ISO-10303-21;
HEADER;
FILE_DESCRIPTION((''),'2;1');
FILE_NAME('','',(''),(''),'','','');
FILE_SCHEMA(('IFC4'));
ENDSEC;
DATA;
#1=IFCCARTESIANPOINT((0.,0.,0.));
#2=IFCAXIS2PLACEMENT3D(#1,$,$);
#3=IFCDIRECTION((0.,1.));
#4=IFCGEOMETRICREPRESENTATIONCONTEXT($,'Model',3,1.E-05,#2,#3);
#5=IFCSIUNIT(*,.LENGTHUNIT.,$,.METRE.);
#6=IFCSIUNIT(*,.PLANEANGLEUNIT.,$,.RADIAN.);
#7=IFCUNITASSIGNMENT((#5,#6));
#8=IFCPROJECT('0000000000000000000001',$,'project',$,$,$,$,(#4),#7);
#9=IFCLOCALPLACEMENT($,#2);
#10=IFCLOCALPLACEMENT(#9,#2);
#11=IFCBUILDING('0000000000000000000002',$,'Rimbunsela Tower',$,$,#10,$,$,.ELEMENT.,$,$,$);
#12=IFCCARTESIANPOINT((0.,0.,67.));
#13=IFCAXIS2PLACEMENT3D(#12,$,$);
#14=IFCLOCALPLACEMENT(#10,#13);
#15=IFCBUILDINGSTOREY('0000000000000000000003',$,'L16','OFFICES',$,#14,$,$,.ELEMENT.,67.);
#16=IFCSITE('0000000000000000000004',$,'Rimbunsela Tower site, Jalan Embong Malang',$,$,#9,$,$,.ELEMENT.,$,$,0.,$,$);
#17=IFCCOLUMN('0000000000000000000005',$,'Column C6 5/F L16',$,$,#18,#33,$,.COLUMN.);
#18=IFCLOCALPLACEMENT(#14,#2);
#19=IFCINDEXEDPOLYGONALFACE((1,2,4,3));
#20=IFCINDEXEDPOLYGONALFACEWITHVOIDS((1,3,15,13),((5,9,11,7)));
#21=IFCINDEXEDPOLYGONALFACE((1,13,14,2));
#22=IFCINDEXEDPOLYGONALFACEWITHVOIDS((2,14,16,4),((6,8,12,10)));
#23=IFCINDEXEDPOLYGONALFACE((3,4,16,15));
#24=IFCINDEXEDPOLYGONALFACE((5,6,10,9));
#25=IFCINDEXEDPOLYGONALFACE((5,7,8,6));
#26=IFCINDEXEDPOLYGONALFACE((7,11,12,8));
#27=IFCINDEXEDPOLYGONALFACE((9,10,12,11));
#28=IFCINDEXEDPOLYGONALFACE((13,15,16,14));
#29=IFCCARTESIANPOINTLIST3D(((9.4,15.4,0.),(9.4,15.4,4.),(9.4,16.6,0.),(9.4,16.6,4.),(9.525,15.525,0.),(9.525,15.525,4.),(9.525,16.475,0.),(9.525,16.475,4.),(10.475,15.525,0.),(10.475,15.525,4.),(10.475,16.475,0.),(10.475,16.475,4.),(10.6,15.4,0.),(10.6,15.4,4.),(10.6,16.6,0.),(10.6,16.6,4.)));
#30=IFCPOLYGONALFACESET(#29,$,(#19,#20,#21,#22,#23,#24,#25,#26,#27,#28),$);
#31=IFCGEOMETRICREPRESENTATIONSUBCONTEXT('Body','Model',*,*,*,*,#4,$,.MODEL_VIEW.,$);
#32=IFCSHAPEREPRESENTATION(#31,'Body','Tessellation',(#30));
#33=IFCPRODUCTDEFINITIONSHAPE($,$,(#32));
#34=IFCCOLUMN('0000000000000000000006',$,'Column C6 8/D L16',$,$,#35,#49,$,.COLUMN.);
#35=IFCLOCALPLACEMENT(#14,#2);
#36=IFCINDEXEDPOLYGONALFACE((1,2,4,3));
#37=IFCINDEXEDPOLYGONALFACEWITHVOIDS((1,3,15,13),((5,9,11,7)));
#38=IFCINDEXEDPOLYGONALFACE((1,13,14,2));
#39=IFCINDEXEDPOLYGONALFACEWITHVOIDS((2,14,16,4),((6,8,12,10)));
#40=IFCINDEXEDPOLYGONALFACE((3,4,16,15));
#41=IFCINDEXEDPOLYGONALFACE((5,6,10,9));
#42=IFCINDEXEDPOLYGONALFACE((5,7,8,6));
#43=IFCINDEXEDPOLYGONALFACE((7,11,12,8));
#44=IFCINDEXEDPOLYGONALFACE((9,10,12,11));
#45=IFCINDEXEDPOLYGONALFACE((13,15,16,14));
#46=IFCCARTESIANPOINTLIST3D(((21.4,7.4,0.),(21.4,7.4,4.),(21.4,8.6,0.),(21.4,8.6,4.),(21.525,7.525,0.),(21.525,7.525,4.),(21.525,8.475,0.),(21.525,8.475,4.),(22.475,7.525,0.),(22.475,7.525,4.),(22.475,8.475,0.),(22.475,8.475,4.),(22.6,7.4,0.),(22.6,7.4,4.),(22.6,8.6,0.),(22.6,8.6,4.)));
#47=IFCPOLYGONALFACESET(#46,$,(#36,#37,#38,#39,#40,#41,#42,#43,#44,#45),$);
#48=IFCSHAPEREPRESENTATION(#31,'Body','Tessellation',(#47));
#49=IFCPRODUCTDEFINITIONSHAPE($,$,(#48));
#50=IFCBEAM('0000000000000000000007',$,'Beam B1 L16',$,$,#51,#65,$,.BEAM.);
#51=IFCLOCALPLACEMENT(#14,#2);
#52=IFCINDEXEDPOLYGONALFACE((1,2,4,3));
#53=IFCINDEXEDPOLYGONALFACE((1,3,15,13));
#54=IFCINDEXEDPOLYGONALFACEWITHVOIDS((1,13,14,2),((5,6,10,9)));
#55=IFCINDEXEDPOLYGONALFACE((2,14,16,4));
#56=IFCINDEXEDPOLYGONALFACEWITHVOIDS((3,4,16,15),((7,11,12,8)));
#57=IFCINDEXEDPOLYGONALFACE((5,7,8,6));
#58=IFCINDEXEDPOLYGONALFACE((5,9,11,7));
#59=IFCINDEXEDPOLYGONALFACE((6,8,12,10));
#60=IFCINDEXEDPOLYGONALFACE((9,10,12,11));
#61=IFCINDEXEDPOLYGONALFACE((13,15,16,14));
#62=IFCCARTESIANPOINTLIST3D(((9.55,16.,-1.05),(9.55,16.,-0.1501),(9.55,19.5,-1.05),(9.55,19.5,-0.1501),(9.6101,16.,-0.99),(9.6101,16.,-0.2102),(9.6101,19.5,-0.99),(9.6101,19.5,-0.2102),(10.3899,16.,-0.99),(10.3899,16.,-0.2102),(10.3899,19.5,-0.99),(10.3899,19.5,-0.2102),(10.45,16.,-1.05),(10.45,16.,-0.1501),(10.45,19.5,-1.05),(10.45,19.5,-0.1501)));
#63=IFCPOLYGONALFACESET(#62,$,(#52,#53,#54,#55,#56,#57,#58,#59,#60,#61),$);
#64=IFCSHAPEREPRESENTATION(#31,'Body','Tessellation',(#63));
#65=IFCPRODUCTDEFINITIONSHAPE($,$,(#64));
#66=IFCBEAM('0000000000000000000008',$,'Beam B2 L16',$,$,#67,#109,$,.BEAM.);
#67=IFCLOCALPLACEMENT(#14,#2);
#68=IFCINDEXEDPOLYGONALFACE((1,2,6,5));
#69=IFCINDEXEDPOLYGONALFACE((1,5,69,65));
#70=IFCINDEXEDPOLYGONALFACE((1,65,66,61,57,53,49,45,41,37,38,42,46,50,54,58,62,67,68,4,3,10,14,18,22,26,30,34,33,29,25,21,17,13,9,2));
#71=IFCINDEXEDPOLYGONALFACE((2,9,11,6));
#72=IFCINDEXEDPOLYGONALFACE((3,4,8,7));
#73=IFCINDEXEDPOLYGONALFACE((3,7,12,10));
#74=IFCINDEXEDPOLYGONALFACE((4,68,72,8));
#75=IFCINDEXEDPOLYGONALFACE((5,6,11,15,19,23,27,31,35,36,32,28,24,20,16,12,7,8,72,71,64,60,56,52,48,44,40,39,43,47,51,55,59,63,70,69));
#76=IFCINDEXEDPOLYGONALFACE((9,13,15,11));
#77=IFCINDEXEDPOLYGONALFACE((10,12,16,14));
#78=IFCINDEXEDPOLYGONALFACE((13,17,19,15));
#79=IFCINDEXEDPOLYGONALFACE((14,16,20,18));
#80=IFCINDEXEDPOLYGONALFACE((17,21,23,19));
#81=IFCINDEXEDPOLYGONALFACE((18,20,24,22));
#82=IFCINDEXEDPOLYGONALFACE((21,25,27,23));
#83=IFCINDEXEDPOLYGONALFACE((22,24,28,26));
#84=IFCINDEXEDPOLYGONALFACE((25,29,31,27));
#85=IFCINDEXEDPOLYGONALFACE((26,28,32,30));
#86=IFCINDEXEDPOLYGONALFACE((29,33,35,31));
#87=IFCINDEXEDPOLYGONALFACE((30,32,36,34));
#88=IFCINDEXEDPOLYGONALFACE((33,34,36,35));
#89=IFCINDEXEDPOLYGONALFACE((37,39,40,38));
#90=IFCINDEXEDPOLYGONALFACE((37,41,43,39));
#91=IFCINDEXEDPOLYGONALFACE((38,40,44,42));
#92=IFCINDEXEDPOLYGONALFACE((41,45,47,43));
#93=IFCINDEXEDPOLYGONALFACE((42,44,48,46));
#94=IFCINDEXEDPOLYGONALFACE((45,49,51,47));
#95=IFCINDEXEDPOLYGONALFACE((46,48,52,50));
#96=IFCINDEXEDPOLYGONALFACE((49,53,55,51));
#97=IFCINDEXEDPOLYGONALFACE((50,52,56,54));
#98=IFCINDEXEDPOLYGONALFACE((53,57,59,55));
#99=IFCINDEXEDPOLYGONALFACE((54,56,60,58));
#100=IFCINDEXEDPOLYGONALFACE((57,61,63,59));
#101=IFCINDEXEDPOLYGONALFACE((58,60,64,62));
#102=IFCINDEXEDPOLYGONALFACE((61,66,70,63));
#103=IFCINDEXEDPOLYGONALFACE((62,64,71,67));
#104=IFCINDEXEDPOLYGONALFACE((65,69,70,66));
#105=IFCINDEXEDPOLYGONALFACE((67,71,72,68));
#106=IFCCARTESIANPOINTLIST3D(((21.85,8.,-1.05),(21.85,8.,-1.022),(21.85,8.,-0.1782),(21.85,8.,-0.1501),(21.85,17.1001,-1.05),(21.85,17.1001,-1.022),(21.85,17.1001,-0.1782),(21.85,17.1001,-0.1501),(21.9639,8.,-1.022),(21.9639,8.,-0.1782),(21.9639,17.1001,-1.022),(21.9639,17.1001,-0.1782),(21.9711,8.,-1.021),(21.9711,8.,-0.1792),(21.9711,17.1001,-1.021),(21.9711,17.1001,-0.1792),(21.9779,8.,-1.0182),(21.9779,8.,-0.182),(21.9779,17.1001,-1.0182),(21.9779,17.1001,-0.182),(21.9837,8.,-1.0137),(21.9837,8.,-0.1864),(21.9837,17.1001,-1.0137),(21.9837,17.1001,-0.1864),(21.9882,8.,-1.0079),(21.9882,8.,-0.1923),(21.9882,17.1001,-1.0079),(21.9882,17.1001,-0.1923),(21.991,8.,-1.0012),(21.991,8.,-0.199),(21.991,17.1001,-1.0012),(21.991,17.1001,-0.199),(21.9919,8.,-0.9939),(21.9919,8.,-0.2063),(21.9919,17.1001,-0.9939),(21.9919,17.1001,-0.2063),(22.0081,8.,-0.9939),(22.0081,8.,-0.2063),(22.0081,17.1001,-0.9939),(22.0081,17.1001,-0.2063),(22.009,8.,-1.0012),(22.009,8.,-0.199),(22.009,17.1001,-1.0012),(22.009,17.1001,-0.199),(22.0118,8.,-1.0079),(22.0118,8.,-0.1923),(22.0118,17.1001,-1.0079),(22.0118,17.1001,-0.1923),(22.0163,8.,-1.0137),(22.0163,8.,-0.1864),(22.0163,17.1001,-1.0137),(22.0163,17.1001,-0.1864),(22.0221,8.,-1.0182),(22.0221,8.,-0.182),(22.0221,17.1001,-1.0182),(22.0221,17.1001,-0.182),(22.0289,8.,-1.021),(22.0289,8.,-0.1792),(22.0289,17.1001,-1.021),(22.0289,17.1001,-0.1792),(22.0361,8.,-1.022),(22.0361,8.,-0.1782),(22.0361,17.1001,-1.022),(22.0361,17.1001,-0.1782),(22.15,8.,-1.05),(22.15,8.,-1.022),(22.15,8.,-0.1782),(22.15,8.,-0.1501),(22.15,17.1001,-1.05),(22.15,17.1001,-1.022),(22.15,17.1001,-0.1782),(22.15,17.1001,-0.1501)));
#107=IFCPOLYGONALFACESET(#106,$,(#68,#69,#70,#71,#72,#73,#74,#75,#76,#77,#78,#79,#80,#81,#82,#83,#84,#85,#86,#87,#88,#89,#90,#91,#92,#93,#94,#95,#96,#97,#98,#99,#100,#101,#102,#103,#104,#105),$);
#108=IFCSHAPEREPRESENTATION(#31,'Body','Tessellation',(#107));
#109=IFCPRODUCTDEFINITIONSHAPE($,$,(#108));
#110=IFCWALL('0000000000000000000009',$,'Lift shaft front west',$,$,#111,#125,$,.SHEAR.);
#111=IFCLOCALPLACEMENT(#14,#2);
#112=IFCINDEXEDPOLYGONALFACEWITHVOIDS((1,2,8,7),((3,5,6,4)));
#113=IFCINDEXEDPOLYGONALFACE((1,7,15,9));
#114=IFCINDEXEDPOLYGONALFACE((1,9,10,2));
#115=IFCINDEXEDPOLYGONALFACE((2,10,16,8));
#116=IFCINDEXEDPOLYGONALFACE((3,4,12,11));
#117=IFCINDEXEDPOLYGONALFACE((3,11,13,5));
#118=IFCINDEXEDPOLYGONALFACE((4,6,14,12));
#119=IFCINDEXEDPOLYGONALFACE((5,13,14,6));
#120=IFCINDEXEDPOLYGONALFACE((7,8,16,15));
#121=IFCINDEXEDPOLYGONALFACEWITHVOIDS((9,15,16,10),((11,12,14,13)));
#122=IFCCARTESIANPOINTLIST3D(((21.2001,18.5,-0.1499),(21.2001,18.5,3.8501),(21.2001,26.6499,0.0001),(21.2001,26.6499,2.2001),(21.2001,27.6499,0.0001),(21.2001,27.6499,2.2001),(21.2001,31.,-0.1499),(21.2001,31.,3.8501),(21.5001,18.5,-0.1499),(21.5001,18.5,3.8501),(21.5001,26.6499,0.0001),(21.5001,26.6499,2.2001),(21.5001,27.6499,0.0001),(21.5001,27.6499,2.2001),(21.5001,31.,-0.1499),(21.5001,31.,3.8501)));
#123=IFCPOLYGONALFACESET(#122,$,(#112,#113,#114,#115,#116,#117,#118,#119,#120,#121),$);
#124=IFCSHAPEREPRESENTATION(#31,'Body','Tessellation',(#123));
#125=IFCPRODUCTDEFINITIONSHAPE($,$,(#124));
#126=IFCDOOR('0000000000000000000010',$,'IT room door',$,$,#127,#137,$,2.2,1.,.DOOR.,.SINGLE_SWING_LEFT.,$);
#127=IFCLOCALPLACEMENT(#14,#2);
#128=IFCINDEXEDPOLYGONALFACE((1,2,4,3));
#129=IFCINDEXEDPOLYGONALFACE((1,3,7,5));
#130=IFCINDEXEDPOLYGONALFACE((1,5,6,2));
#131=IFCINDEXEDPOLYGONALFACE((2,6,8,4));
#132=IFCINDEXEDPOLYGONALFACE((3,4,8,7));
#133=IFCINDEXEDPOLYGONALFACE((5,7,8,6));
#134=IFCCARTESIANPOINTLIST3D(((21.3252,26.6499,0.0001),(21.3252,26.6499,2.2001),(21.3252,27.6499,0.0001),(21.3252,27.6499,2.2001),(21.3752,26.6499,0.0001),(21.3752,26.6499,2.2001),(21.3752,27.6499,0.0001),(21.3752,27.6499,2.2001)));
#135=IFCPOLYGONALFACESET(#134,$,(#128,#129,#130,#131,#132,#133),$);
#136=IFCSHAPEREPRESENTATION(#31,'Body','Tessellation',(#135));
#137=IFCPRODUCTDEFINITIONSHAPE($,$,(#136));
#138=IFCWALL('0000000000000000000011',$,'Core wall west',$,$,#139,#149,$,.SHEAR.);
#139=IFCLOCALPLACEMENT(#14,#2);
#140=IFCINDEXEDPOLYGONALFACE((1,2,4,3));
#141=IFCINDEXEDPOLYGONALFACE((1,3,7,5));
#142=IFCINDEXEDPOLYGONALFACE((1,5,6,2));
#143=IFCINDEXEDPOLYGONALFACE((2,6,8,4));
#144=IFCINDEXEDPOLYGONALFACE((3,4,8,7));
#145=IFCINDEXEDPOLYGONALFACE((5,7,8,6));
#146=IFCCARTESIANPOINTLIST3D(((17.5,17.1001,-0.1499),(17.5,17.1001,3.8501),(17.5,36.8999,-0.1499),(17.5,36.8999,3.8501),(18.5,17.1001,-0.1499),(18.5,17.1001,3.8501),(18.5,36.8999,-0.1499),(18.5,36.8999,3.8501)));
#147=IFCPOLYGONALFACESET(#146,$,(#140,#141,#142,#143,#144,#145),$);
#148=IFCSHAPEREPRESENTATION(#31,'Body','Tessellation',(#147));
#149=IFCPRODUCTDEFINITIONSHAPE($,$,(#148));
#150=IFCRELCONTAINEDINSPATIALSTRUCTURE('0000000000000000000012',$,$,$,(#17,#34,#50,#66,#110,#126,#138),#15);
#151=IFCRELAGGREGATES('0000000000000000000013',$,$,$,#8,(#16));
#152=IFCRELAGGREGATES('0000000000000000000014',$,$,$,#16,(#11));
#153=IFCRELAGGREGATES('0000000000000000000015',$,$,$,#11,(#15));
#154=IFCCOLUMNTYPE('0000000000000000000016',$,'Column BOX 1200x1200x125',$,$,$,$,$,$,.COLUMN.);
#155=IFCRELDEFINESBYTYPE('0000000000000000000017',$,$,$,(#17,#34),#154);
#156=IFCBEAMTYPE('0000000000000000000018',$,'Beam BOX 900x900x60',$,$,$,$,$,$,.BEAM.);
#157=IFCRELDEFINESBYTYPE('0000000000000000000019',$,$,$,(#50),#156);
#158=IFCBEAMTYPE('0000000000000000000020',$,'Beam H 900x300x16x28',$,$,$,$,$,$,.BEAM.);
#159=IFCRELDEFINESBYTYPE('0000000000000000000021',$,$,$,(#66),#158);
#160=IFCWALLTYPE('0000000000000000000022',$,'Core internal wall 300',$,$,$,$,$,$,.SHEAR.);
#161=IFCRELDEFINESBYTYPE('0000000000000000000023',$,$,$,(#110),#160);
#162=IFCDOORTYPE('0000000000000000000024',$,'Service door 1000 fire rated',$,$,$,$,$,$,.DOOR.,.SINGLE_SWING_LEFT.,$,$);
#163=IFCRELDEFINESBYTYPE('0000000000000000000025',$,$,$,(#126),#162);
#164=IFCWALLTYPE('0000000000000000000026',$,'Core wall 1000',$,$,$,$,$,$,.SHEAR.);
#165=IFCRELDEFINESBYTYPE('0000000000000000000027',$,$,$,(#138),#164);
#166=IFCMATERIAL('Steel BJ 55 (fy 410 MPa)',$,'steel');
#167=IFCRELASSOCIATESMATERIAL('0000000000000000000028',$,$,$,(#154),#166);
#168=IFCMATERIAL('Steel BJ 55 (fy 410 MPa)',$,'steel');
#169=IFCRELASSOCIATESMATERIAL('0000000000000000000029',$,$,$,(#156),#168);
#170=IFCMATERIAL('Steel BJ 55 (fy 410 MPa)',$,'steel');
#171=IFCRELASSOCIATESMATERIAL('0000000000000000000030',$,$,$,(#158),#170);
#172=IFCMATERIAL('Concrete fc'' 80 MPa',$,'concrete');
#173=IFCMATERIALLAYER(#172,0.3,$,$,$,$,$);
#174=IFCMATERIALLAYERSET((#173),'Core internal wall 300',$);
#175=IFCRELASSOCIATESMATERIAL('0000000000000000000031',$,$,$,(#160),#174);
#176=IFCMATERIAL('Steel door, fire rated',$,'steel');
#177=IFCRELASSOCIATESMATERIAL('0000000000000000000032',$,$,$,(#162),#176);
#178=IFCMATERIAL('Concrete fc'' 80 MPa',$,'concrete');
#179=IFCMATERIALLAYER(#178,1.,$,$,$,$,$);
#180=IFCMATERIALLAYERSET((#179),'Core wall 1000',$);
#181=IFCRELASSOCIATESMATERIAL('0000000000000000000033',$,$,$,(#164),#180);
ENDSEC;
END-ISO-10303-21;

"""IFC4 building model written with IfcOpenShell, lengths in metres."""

from ifc_helpers import new_model, si_unit, direction, frame, frame_2d, origin, origin_2d, place, context, subcontext, project, spatial, rectangle, hollow_rectangle, i_section, extrude, material, layer, layer_set, material_profile, profile_set, type_object, element, fill, save


model = new_model("IFC4")

# Units and contexts
model_context = context("Model", 3, precision=1e-05, world=origin(), true_north=direction((0.0, 1.0)))
body_context = subcontext(model_context, "Body", "Model", "MODEL_VIEW")
ifc_project = project(units=[si_unit("LENGTHUNIT", "METRE"), si_unit("PLANEANGLEUNIT", "RADIAN")], contexts=[model_context])

# Site, building, storey
site_placement = place(None, origin())
site = spatial("IfcSite", under=ifc_project, at=site_placement, Name="Rimbunsela Tower site, Jalan Embong Malang", CompositionType="ELEMENT", RefElevation=0.0)
building_placement = place(site_placement, origin())
building = spatial("IfcBuilding", under=site, at=building_placement, Name="Rimbunsela Tower", CompositionType="ELEMENT")
storey_placement = place(building_placement, frame((0.0, 0.0, 67.0)))
storey = spatial("IfcBuildingStorey", under=building, at=storey_placement, Name="L16", Description="OFFICES", CompositionType="ELEMENT", Elevation=67.0)

# Columns
ifc_material_1 = material(Name="Steel BJ 55 (fy 410 MPa)", Category="steel")
ifc_material_profile_1 = material_profile(ifc_material_1, hollow_rectangle(XDim=1.2, YDim=1.2, WallThickness=0.125, at=origin_2d()), Name="BOX 1200x1200x125")
ifc_profile_set_1 = profile_set([ifc_material_profile_1], Name="Steel BJ 55 (fy 410 MPa)")
column_type = type_object("IfcColumnType", Name="Column BOX 1200x1200x125", PredefinedType="COLUMN", material=ifc_profile_set_1)
for number, where, z_axis, x_axis, name in (
    (1, (10.0, 16.0, 0.0), (0.0, 0.0, 1.0), (1.0, 0.0, 0.0), "Column C6 5/F L16"),
    (2, (22.0, 8.0, 0.0), (0.0, 0.0, 1.0), (1.0, 0.0, 0.0), "Column C6 8/D L16"),
):
    element("IfcColumn", number, at=place(storey_placement, frame(where, z_axis=z_axis, x_axis=x_axis)), inside=storey, type_object=column_type, Name=name, PredefinedType="COLUMN", context=body_context, shape_type="SweptSolid", body=[
        extrude(hollow_rectangle(XDim=1.2, YDim=1.2, WallThickness=0.125, at=origin_2d()), origin(), (0.0, 0.0, 1.0), 4.0),
    ])

# Beams
ifc_material_2 = material(Name="Steel BJ 55 (fy 410 MPa)", Category="steel")
ifc_material_profile_2 = material_profile(ifc_material_2, hollow_rectangle(XDim=0.8999, YDim=0.8999, WallThickness=0.0601, at=origin_2d()), Name="BOX 900x900x60")
ifc_profile_set_2 = profile_set([ifc_material_profile_2], Name="Steel BJ 55 (fy 410 MPa)")
beam_type_1 = type_object("IfcBeamType", Name="Beam BOX 900x900x60", PredefinedType="BEAM", material=ifc_profile_set_2)
beam_1_placement = place(storey_placement, frame((10.0, 16.0, -0.6001), z_axis=(0.0, 1.0, 0.0), x_axis=(-1.0, 0.0, 0.0)))
element("IfcBeam", 3, at=beam_1_placement, inside=storey, type_object=beam_type_1, Name="Beam B1 L16", PredefinedType="BEAM", context=body_context, shape_type="SweptSolid", body=[
    extrude(hollow_rectangle(XDim=0.8999, YDim=0.8999, WallThickness=0.0601, at=origin_2d()), origin(), (0.0, 0.0, 1.0), 3.5),
])
ifc_material_3 = material(Name="Steel BJ 55 (fy 410 MPa)", Category="steel")
ifc_material_profile_3 = material_profile(ifc_material_3, i_section(OverallWidth=0.3, OverallDepth=0.8999, WebThickness=0.0161, FlangeThickness=0.0281, FilletRadius=0.0281, at=origin_2d()), Name="H 900x300x16x28")
ifc_profile_set_3 = profile_set([ifc_material_profile_3], Name="Steel BJ 55 (fy 410 MPa)")
beam_type_2 = type_object("IfcBeamType", Name="Beam H 900x300x16x28", PredefinedType="BEAM", material=ifc_profile_set_3)
beam_2_placement = place(storey_placement, frame((22.0, 8.0, -0.6001), z_axis=(0.0, 1.0, 0.0), x_axis=(-1.0, 0.0, 0.0)))
element("IfcBeam", 4, at=beam_2_placement, inside=storey, type_object=beam_type_2, Name="Beam B2 L16", PredefinedType="BEAM", context=body_context, shape_type="SweptSolid", body=[
    extrude(i_section(OverallWidth=0.3, OverallDepth=0.8999, WebThickness=0.0161, FlangeThickness=0.0281, FilletRadius=0.0281, at=origin_2d()), origin(), (0.0, 0.0, 1.0), 9.1001),
])

# Wall, opening, door
ifc_material_4 = material(Name="Concrete fc' 80 MPa", Category="concrete")
ifc_layer_1 = layer(ifc_material_4, 0.3)
ifc_layer_set_1 = layer_set([ifc_layer_1], Name="Core internal wall 300")
wall_type_1 = type_object("IfcWallType", Name="Core internal wall 300", PredefinedType="SHEAR", material=ifc_layer_set_1)
wall_1_placement = place(storey_placement, frame((21.3501, 18.5, -0.1499), z_axis=(0.0, 0.0, 1.0), x_axis=(0.0, 1.0, 0.0)))
wall_1 = element("IfcWall", 5, at=wall_1_placement, inside=storey, type_object=wall_type_1, Name="Lift shaft front west", PredefinedType="SHEAR", context=body_context, shape_type="SweptSolid", body=[
    extrude(rectangle(XDim=12.5, YDim=0.3, at=frame_2d((6.25, 0.0))), origin(), (0.0, 0.0, 1.0), 4.0),
])
opening_1_placement = place(wall_1_placement, frame((8.1499, 0.0, 0.1499)))
opening_1 = element("IfcOpeningElement", 6, at=opening_1_placement, cuts=wall_1, PredefinedType="OPENING", context=body_context, shape_type="SweptSolid", body=[
    extrude(rectangle(XDim=1.0, YDim=2.2, at=frame_2d((0.5, 1.1001))), frame((0.0, 0.1599, 0.0), z_axis=(0.0, -1.0, 0.0), x_axis=(1.0, 0.0, 0.0)), (0.0, 0.0, 1.0), 0.3201),
])
ifc_material_5 = material(Name="Steel door, fire rated", Category="steel")
door_type_1 = type_object("IfcDoorType", Name="Service door 1000 fire rated", OperationType="SINGLE_SWING_LEFT", PredefinedType="DOOR", material=ifc_material_5)
door_1_placement = place(opening_1_placement, origin())
door_1 = element("IfcDoor", 7, at=door_1_placement, inside=storey, type_object=door_type_1, Name="IT room door", OperationType="SINGLE_SWING_LEFT", OverallHeight=2.2, OverallWidth=1.0, PredefinedType="DOOR", context=body_context, shape_type="SweptSolid", body=[
    extrude(rectangle(XDim=1.0, YDim=2.2, at=frame_2d((0.5, 1.1001))), frame((0.0, 0.0249, 0.0), z_axis=(0.0, -1.0, 0.0), x_axis=(1.0, 0.0, 0.0)), (0.0, 0.0, 1.0), 0.05),
])
fill(opening_1, door_1)

# Wall
ifc_material_6 = material(Name="Concrete fc' 80 MPa", Category="concrete")
ifc_layer_2 = layer(ifc_material_6, 1.0)
ifc_layer_set_2 = layer_set([ifc_layer_2], Name="Core wall 1000")
wall_type_2 = type_object("IfcWallType", Name="Core wall 1000", PredefinedType="SHEAR", material=ifc_layer_set_2)
wall_2_placement = place(storey_placement, frame((18.0, 17.1001, -0.1499), z_axis=(0.0, 0.0, 1.0), x_axis=(0.0, 1.0, 0.0)))
element("IfcWall", 8, at=wall_2_placement, inside=storey, type_object=wall_type_2, Name="Core wall west", PredefinedType="SHEAR", context=body_context, shape_type="SweptSolid", body=[
    extrude(rectangle(XDim=19.7998, YDim=1.0, at=frame_2d((9.8999, 0.0))), origin(), (0.0, 0.0, 1.0), 4.0),
])

save(model, "model.ifc")
